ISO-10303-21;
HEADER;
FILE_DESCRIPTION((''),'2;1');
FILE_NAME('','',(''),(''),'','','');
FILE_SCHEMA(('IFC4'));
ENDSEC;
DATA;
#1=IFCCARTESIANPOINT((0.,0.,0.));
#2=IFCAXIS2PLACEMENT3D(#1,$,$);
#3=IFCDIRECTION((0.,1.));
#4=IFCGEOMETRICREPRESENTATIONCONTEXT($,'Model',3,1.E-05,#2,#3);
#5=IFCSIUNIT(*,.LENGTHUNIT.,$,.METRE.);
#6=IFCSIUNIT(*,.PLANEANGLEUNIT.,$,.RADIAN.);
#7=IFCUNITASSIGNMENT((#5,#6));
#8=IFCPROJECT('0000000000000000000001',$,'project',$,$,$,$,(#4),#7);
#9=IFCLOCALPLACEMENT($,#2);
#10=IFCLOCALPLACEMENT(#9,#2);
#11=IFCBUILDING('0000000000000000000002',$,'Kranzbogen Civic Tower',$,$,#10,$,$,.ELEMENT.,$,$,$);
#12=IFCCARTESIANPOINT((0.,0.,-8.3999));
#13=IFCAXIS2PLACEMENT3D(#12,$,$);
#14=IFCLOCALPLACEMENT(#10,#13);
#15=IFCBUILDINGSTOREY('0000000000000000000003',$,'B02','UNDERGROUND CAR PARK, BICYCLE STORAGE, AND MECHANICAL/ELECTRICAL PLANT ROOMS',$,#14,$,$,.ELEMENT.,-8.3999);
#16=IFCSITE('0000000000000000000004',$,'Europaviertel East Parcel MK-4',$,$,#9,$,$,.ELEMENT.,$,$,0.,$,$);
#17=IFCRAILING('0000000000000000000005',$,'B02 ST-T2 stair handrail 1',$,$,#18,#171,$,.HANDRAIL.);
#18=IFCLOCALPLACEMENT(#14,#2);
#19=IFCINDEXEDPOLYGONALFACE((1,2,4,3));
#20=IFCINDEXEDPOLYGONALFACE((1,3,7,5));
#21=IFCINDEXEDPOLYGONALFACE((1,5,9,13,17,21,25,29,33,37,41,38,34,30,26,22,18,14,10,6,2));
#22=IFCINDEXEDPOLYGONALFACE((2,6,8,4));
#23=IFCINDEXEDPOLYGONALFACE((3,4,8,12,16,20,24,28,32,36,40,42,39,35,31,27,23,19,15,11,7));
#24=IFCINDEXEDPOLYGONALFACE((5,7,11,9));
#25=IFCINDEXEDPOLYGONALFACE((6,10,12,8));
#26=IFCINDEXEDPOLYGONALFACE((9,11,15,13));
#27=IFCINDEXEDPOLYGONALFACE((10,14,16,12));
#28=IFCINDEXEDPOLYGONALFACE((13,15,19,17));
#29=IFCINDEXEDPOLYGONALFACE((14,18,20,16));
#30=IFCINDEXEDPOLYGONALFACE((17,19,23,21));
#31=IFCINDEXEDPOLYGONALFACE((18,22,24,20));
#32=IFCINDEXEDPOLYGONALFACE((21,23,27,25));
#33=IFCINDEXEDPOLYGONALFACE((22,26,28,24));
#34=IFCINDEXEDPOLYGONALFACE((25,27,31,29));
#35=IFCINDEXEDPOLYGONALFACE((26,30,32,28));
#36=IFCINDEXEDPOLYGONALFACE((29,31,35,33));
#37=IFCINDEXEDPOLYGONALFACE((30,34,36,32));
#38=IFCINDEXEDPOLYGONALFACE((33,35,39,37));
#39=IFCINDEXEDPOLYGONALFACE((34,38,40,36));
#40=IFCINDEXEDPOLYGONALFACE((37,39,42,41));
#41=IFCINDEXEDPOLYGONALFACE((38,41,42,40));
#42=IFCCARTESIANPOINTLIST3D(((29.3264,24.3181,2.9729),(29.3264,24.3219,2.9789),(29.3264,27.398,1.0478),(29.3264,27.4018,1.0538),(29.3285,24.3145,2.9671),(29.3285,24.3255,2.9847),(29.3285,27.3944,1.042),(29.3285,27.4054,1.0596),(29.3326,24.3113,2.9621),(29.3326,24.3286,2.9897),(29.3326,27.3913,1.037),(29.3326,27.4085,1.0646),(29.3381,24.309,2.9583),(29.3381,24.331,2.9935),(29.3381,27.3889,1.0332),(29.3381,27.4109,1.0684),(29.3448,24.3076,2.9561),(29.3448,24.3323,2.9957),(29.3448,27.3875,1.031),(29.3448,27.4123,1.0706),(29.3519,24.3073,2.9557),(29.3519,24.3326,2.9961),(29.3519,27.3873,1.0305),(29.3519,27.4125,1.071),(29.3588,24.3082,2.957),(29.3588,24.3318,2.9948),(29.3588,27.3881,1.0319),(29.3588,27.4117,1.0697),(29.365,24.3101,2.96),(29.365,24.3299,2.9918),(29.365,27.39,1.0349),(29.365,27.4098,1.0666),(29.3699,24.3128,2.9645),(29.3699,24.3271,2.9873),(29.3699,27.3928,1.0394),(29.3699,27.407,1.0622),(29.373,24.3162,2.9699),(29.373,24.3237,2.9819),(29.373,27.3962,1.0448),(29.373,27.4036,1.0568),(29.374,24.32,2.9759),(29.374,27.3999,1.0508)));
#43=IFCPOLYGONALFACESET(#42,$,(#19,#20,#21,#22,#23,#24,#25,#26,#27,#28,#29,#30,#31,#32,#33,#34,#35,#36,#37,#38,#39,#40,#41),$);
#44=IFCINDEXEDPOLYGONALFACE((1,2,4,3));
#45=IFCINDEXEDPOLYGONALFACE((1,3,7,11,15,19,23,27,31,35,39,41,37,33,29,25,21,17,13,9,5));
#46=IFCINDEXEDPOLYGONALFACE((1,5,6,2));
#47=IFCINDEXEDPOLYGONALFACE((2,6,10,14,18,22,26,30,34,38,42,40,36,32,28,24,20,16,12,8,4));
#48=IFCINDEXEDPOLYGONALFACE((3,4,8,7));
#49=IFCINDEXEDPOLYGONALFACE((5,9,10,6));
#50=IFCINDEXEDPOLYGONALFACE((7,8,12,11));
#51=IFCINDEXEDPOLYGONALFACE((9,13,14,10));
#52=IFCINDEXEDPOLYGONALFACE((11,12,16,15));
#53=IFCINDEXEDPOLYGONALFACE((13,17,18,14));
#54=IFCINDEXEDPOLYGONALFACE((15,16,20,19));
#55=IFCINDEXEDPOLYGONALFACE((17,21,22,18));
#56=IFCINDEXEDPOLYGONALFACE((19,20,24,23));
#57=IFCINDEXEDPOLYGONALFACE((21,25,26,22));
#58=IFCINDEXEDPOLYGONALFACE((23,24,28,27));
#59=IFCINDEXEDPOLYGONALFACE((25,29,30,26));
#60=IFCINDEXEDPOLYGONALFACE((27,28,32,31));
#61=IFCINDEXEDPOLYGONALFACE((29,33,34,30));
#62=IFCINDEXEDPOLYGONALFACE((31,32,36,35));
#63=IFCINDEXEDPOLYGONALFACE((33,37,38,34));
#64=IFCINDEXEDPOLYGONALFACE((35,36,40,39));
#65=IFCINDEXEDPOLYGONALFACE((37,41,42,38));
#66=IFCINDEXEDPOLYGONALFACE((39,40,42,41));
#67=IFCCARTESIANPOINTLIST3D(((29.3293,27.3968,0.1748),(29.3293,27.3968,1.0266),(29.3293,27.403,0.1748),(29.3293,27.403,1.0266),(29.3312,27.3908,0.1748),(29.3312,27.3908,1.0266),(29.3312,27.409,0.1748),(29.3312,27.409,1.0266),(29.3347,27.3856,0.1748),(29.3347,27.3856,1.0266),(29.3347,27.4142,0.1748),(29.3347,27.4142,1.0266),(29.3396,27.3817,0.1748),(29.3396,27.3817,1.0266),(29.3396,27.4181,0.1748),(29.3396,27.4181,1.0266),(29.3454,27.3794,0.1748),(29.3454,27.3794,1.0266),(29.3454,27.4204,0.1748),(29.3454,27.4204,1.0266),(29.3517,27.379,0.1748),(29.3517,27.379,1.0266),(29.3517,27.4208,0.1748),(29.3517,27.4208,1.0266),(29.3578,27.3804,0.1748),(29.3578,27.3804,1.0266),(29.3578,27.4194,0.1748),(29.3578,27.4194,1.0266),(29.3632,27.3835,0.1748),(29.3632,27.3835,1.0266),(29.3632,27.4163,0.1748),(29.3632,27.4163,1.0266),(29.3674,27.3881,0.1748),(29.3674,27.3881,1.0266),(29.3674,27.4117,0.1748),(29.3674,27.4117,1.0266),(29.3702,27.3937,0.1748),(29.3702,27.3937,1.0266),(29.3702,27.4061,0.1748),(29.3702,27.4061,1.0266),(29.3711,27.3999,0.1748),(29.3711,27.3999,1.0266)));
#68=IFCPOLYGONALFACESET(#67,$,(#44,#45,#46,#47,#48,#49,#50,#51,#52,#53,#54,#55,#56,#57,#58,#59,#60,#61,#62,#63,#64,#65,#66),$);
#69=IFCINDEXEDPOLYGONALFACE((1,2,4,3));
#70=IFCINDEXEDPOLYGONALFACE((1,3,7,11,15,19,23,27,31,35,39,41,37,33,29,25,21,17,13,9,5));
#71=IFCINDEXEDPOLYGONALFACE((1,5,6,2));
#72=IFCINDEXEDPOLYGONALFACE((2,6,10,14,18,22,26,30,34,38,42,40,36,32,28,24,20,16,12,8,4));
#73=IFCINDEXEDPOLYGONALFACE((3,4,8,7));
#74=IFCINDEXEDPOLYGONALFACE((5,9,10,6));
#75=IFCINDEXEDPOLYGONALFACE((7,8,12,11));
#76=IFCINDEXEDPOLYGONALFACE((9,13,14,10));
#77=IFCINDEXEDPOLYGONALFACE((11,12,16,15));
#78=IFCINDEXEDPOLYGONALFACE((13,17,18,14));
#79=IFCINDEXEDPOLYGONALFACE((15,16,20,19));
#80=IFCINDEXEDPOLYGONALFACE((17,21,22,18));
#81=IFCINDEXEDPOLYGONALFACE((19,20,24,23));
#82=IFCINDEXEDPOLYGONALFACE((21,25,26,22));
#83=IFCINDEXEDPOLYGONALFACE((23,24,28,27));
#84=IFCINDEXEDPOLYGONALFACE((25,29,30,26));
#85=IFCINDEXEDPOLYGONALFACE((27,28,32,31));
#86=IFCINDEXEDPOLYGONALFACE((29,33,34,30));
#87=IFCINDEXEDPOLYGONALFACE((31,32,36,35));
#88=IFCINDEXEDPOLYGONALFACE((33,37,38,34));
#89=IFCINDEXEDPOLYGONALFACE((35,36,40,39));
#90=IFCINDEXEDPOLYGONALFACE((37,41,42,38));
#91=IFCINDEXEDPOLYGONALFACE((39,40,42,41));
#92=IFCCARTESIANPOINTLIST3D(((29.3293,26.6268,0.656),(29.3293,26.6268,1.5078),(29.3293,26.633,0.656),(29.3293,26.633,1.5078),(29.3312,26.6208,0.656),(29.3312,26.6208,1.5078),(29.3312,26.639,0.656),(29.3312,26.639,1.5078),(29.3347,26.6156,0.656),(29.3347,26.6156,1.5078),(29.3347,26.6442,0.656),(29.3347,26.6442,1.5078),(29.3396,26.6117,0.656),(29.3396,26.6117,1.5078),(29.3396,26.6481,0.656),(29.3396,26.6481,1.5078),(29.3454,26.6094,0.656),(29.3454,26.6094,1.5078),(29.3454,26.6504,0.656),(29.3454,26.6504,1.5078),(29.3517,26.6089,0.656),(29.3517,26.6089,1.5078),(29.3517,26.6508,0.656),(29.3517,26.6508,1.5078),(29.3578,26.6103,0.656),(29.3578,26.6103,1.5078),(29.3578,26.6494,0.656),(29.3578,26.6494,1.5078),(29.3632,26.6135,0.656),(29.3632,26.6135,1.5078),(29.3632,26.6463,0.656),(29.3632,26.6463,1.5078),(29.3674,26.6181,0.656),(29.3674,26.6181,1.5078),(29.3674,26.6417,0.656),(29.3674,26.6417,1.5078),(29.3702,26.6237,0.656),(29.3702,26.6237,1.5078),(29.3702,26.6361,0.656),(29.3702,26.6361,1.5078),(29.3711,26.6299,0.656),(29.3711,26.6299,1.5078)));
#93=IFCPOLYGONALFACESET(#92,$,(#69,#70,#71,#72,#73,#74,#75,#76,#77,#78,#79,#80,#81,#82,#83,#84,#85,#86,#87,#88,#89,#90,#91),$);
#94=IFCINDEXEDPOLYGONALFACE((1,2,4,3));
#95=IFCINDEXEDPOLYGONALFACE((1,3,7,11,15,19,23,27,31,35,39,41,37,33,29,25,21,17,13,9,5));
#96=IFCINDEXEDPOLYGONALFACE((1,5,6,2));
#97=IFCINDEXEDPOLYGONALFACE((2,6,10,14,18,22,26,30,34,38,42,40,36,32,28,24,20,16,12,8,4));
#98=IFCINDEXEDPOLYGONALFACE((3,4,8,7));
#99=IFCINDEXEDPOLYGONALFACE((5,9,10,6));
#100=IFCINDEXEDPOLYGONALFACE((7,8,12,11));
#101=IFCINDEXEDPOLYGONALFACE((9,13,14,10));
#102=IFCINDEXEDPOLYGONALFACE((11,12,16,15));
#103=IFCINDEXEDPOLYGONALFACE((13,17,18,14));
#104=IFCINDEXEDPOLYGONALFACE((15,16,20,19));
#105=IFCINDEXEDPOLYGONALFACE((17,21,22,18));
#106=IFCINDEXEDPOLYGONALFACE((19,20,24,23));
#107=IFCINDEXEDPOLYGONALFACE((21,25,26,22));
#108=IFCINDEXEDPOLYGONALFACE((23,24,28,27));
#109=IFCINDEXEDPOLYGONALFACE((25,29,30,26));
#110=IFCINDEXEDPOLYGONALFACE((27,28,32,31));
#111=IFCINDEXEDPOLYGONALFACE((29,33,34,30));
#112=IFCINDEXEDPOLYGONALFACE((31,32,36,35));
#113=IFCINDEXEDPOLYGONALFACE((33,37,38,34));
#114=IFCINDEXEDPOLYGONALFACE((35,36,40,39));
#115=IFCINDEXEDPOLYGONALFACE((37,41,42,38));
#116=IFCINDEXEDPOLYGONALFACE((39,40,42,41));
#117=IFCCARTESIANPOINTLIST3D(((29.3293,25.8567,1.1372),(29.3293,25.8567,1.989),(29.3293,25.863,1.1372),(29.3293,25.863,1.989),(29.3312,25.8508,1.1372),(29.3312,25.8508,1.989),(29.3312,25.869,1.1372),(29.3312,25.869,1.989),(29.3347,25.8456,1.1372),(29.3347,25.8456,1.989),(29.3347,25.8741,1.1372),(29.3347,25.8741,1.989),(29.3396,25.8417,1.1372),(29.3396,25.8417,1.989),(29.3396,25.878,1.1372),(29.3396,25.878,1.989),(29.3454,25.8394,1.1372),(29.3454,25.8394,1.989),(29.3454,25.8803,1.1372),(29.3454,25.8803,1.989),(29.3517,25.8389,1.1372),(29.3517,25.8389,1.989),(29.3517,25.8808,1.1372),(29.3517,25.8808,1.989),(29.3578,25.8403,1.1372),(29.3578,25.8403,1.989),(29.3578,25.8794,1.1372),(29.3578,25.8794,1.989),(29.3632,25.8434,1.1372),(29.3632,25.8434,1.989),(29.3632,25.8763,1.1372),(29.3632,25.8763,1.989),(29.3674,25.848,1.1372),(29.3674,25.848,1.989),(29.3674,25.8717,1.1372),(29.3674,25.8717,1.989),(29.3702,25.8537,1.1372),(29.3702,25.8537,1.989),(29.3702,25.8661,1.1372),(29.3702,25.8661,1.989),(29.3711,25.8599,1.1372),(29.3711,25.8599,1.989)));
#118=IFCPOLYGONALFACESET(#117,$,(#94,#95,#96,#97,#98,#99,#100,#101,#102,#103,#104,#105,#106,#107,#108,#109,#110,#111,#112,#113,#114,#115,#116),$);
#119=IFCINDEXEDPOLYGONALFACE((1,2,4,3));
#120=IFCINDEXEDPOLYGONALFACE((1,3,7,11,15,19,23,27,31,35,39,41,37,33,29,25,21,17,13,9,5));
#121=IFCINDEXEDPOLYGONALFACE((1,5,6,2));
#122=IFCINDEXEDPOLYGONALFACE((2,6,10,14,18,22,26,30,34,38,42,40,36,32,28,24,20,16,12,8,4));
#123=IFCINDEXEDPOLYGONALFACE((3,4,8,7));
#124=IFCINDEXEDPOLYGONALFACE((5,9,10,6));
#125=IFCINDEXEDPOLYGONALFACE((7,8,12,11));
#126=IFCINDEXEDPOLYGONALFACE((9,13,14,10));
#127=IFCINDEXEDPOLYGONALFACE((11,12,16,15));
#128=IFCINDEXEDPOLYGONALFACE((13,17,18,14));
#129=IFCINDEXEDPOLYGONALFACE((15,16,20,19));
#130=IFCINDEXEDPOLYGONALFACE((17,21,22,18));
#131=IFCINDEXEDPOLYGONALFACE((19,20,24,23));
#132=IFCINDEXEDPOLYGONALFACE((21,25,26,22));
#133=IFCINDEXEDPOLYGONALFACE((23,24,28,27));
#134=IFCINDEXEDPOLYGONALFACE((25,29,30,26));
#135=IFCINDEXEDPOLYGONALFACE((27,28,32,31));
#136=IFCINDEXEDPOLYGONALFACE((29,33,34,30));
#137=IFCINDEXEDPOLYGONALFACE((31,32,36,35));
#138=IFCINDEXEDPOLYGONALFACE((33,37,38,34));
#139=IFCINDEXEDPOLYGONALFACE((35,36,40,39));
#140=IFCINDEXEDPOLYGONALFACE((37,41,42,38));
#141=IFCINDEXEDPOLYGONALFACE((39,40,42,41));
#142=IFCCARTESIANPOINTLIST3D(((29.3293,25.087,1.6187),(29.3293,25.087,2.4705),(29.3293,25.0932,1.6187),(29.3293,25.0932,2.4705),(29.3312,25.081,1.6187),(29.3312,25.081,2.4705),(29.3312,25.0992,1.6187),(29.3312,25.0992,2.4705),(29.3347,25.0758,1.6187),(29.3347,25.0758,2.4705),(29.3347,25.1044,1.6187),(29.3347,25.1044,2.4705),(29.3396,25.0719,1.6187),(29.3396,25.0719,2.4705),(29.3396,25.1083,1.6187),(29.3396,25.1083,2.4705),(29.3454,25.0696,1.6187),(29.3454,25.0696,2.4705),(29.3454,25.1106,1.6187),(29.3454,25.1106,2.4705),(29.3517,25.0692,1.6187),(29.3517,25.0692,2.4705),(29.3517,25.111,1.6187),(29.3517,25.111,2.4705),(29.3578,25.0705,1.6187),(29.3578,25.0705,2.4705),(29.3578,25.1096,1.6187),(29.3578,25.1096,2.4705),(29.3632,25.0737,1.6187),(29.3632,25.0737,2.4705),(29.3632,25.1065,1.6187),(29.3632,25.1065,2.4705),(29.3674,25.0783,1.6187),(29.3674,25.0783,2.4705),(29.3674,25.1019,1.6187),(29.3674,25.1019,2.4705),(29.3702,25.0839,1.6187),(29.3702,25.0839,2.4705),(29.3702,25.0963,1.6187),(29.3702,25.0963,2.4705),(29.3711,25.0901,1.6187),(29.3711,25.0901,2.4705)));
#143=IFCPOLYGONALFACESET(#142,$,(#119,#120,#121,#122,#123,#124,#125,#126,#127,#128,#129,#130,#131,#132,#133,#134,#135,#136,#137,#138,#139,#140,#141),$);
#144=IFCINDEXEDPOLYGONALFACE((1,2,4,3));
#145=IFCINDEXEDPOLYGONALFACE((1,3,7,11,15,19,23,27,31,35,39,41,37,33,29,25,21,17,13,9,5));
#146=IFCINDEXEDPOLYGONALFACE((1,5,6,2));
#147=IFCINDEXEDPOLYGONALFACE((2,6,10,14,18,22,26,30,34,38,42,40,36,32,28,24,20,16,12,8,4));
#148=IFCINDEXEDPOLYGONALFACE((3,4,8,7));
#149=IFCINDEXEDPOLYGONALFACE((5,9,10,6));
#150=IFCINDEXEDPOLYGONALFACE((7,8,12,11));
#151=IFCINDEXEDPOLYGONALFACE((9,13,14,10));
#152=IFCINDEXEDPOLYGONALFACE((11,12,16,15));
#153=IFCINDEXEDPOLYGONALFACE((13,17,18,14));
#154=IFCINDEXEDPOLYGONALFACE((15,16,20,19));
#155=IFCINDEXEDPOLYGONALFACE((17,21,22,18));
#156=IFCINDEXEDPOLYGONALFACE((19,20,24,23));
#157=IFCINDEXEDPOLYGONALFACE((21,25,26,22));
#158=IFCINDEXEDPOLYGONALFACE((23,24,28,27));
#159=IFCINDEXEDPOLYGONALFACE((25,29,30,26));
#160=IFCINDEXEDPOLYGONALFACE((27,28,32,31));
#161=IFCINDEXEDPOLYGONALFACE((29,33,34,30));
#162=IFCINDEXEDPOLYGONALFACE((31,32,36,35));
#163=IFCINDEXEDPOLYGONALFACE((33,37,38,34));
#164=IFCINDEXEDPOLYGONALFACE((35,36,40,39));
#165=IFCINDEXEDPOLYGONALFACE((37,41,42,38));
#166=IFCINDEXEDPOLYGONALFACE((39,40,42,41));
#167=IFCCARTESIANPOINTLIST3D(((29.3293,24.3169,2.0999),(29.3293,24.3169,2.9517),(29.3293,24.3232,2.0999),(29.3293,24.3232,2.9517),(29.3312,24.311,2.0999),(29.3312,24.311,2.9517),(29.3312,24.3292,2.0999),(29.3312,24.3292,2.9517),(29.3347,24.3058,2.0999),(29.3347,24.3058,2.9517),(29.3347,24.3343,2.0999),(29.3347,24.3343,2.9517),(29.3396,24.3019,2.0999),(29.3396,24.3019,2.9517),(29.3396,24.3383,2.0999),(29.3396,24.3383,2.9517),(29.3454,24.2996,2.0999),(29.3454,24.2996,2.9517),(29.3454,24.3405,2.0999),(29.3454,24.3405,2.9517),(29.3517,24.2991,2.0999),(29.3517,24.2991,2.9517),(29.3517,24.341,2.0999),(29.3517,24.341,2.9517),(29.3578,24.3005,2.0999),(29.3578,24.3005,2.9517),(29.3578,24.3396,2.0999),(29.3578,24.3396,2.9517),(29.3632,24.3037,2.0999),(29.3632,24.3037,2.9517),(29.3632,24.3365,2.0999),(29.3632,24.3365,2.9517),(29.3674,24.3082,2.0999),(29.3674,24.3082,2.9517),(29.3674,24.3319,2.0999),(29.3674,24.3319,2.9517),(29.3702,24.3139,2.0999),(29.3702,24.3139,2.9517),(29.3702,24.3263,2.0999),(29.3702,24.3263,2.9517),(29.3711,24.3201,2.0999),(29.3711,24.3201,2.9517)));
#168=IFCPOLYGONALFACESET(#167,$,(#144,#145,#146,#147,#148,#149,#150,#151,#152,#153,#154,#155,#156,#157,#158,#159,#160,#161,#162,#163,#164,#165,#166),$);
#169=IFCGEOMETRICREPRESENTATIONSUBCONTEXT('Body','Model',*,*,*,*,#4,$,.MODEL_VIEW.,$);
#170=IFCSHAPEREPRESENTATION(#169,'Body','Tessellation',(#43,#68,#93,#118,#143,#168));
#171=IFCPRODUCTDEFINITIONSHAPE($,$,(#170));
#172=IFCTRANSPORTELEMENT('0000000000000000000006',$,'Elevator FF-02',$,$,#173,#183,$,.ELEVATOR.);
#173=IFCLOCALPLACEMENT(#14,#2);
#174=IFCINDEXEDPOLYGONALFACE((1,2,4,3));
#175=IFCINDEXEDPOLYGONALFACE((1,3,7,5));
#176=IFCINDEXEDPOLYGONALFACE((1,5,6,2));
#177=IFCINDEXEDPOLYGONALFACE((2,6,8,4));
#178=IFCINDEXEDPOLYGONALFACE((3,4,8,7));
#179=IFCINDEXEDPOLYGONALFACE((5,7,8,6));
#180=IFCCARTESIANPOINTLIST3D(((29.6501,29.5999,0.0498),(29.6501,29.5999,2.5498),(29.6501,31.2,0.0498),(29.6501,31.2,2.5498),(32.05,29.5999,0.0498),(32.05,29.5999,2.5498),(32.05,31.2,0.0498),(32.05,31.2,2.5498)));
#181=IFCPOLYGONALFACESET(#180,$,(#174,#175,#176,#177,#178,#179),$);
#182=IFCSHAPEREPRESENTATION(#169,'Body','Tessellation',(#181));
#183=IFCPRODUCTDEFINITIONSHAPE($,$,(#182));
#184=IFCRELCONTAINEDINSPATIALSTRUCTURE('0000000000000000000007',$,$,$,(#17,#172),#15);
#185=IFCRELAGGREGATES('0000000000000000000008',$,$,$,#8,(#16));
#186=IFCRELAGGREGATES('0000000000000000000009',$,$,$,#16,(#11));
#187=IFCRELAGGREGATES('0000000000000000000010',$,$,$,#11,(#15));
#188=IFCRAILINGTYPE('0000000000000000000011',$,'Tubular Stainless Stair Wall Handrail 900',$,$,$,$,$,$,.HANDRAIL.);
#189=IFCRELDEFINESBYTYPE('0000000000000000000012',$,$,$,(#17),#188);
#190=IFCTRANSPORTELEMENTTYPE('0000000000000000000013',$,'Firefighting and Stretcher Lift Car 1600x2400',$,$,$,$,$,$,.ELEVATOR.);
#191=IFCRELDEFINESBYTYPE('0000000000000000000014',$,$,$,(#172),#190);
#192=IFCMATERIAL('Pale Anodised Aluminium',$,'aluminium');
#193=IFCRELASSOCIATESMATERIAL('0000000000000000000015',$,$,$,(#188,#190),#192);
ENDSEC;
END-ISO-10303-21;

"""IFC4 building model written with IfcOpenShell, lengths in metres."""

from ifc_helpers import new_model, si_unit, direction, frame, origin, origin_2d, place, context, subcontext, project, spatial, rectangle, circle, extrude, material, type_object, element, save


model = new_model("IFC4")

# Units and contexts
model_context = context("Model", 3, precision=1e-05, world=origin(), true_north=direction((0.0, 1.0)))
body_context = subcontext(model_context, "Body", "Model", "MODEL_VIEW")
ifc_project = project(units=[si_unit("LENGTHUNIT", "METRE"), si_unit("PLANEANGLEUNIT", "RADIAN")], contexts=[model_context])

# Site, building, storey
site_placement = place(None, origin())
site = spatial("IfcSite", under=ifc_project, at=site_placement, Name="Europaviertel East Parcel MK-4", CompositionType="ELEMENT", RefElevation=0.0)
building_placement = place(site_placement, origin())
building = spatial("IfcBuilding", under=site, at=building_placement, Name="Kranzbogen Civic Tower", CompositionType="ELEMENT")
storey_placement = place(building_placement, frame((0.0, 0.0, -8.3999)))
storey = spatial("IfcBuildingStorey", under=building, at=storey_placement, Name="B02", Description="UNDERGROUND CAR PARK, BICYCLE STORAGE, AND MECHANICAL/ELECTRICAL PLANT ROOMS", CompositionType="ELEMENT", Elevation=-8.3999)

# Shared definitions
ifc_material_1 = material(Name="Pale Anodised Aluminium", Category="aluminium")

# Railing
railing_type_1 = type_object("IfcRailingType", Name="Tubular Stainless Stair Wall Handrail 900", PredefinedType="HANDRAIL", material=ifc_material_1)
railing_1_placement = place(storey_placement, frame((29.3501, 27.3999, 0.1748)))
element("IfcRailing", 1, at=railing_1_placement, inside=storey, type_object=railing_type_1, Name="B02 ST-T2 stair handrail 1", PredefinedType="HANDRAIL", context=body_context, shape_type="SweptSolid", body=[
    extrude(circle(Radius=0.0239, at=origin_2d()), frame((0.0, 0.0, 0.876), z_axis=(0.0, -0.847979, 0.530029), x_axis=(1.0, 0.0, 0.0)), (0.0, 0.0, 1.0), 3.6321),
    extrude(circle(Radius=0.021, at=origin_2d()), origin(), (0.0, 0.0, 1.0), 0.8518),
    extrude(circle(Radius=0.021, at=origin_2d()), frame((0.0, -0.77, 0.4812)), (0.0, 0.0, 1.0), 0.8518),
    extrude(circle(Radius=0.021, at=origin_2d()), frame((0.0, -1.54, 0.9624)), (0.0, 0.0, 1.0), 0.8518),
    extrude(circle(Radius=0.021, at=origin_2d()), frame((0.0, -2.3098, 1.4438)), (0.0, 0.0, 1.0), 0.8518),
    extrude(circle(Radius=0.021, at=origin_2d()), frame((0.0, -3.0798, 1.925)), (0.0, 0.0, 1.0), 0.8518),
])

# Transport element
transport_element_type = type_object("IfcTransportElementType", Name="Firefighting and Stretcher Lift Car 1600x2400", PredefinedType="ELEVATOR", material=ifc_material_1)
transport_element_placement = place(storey_placement, frame((30.8501, 30.3999, 0.0498), z_axis=(0.0, 0.0, 1.0), x_axis=(1.0, 0.0, 0.0)))
element("IfcTransportElement", 2, at=transport_element_placement, inside=storey, type_object=transport_element_type, Name="Elevator FF-02", PredefinedType="ELEVATOR", context=body_context, shape_type="SweptSolid", body=[
    extrude(rectangle(XDim=2.3999, YDim=1.6001, at=origin_2d()), origin(), (0.0, 0.0, 1.0), 2.5),
])

save(model, "model.ifc")
